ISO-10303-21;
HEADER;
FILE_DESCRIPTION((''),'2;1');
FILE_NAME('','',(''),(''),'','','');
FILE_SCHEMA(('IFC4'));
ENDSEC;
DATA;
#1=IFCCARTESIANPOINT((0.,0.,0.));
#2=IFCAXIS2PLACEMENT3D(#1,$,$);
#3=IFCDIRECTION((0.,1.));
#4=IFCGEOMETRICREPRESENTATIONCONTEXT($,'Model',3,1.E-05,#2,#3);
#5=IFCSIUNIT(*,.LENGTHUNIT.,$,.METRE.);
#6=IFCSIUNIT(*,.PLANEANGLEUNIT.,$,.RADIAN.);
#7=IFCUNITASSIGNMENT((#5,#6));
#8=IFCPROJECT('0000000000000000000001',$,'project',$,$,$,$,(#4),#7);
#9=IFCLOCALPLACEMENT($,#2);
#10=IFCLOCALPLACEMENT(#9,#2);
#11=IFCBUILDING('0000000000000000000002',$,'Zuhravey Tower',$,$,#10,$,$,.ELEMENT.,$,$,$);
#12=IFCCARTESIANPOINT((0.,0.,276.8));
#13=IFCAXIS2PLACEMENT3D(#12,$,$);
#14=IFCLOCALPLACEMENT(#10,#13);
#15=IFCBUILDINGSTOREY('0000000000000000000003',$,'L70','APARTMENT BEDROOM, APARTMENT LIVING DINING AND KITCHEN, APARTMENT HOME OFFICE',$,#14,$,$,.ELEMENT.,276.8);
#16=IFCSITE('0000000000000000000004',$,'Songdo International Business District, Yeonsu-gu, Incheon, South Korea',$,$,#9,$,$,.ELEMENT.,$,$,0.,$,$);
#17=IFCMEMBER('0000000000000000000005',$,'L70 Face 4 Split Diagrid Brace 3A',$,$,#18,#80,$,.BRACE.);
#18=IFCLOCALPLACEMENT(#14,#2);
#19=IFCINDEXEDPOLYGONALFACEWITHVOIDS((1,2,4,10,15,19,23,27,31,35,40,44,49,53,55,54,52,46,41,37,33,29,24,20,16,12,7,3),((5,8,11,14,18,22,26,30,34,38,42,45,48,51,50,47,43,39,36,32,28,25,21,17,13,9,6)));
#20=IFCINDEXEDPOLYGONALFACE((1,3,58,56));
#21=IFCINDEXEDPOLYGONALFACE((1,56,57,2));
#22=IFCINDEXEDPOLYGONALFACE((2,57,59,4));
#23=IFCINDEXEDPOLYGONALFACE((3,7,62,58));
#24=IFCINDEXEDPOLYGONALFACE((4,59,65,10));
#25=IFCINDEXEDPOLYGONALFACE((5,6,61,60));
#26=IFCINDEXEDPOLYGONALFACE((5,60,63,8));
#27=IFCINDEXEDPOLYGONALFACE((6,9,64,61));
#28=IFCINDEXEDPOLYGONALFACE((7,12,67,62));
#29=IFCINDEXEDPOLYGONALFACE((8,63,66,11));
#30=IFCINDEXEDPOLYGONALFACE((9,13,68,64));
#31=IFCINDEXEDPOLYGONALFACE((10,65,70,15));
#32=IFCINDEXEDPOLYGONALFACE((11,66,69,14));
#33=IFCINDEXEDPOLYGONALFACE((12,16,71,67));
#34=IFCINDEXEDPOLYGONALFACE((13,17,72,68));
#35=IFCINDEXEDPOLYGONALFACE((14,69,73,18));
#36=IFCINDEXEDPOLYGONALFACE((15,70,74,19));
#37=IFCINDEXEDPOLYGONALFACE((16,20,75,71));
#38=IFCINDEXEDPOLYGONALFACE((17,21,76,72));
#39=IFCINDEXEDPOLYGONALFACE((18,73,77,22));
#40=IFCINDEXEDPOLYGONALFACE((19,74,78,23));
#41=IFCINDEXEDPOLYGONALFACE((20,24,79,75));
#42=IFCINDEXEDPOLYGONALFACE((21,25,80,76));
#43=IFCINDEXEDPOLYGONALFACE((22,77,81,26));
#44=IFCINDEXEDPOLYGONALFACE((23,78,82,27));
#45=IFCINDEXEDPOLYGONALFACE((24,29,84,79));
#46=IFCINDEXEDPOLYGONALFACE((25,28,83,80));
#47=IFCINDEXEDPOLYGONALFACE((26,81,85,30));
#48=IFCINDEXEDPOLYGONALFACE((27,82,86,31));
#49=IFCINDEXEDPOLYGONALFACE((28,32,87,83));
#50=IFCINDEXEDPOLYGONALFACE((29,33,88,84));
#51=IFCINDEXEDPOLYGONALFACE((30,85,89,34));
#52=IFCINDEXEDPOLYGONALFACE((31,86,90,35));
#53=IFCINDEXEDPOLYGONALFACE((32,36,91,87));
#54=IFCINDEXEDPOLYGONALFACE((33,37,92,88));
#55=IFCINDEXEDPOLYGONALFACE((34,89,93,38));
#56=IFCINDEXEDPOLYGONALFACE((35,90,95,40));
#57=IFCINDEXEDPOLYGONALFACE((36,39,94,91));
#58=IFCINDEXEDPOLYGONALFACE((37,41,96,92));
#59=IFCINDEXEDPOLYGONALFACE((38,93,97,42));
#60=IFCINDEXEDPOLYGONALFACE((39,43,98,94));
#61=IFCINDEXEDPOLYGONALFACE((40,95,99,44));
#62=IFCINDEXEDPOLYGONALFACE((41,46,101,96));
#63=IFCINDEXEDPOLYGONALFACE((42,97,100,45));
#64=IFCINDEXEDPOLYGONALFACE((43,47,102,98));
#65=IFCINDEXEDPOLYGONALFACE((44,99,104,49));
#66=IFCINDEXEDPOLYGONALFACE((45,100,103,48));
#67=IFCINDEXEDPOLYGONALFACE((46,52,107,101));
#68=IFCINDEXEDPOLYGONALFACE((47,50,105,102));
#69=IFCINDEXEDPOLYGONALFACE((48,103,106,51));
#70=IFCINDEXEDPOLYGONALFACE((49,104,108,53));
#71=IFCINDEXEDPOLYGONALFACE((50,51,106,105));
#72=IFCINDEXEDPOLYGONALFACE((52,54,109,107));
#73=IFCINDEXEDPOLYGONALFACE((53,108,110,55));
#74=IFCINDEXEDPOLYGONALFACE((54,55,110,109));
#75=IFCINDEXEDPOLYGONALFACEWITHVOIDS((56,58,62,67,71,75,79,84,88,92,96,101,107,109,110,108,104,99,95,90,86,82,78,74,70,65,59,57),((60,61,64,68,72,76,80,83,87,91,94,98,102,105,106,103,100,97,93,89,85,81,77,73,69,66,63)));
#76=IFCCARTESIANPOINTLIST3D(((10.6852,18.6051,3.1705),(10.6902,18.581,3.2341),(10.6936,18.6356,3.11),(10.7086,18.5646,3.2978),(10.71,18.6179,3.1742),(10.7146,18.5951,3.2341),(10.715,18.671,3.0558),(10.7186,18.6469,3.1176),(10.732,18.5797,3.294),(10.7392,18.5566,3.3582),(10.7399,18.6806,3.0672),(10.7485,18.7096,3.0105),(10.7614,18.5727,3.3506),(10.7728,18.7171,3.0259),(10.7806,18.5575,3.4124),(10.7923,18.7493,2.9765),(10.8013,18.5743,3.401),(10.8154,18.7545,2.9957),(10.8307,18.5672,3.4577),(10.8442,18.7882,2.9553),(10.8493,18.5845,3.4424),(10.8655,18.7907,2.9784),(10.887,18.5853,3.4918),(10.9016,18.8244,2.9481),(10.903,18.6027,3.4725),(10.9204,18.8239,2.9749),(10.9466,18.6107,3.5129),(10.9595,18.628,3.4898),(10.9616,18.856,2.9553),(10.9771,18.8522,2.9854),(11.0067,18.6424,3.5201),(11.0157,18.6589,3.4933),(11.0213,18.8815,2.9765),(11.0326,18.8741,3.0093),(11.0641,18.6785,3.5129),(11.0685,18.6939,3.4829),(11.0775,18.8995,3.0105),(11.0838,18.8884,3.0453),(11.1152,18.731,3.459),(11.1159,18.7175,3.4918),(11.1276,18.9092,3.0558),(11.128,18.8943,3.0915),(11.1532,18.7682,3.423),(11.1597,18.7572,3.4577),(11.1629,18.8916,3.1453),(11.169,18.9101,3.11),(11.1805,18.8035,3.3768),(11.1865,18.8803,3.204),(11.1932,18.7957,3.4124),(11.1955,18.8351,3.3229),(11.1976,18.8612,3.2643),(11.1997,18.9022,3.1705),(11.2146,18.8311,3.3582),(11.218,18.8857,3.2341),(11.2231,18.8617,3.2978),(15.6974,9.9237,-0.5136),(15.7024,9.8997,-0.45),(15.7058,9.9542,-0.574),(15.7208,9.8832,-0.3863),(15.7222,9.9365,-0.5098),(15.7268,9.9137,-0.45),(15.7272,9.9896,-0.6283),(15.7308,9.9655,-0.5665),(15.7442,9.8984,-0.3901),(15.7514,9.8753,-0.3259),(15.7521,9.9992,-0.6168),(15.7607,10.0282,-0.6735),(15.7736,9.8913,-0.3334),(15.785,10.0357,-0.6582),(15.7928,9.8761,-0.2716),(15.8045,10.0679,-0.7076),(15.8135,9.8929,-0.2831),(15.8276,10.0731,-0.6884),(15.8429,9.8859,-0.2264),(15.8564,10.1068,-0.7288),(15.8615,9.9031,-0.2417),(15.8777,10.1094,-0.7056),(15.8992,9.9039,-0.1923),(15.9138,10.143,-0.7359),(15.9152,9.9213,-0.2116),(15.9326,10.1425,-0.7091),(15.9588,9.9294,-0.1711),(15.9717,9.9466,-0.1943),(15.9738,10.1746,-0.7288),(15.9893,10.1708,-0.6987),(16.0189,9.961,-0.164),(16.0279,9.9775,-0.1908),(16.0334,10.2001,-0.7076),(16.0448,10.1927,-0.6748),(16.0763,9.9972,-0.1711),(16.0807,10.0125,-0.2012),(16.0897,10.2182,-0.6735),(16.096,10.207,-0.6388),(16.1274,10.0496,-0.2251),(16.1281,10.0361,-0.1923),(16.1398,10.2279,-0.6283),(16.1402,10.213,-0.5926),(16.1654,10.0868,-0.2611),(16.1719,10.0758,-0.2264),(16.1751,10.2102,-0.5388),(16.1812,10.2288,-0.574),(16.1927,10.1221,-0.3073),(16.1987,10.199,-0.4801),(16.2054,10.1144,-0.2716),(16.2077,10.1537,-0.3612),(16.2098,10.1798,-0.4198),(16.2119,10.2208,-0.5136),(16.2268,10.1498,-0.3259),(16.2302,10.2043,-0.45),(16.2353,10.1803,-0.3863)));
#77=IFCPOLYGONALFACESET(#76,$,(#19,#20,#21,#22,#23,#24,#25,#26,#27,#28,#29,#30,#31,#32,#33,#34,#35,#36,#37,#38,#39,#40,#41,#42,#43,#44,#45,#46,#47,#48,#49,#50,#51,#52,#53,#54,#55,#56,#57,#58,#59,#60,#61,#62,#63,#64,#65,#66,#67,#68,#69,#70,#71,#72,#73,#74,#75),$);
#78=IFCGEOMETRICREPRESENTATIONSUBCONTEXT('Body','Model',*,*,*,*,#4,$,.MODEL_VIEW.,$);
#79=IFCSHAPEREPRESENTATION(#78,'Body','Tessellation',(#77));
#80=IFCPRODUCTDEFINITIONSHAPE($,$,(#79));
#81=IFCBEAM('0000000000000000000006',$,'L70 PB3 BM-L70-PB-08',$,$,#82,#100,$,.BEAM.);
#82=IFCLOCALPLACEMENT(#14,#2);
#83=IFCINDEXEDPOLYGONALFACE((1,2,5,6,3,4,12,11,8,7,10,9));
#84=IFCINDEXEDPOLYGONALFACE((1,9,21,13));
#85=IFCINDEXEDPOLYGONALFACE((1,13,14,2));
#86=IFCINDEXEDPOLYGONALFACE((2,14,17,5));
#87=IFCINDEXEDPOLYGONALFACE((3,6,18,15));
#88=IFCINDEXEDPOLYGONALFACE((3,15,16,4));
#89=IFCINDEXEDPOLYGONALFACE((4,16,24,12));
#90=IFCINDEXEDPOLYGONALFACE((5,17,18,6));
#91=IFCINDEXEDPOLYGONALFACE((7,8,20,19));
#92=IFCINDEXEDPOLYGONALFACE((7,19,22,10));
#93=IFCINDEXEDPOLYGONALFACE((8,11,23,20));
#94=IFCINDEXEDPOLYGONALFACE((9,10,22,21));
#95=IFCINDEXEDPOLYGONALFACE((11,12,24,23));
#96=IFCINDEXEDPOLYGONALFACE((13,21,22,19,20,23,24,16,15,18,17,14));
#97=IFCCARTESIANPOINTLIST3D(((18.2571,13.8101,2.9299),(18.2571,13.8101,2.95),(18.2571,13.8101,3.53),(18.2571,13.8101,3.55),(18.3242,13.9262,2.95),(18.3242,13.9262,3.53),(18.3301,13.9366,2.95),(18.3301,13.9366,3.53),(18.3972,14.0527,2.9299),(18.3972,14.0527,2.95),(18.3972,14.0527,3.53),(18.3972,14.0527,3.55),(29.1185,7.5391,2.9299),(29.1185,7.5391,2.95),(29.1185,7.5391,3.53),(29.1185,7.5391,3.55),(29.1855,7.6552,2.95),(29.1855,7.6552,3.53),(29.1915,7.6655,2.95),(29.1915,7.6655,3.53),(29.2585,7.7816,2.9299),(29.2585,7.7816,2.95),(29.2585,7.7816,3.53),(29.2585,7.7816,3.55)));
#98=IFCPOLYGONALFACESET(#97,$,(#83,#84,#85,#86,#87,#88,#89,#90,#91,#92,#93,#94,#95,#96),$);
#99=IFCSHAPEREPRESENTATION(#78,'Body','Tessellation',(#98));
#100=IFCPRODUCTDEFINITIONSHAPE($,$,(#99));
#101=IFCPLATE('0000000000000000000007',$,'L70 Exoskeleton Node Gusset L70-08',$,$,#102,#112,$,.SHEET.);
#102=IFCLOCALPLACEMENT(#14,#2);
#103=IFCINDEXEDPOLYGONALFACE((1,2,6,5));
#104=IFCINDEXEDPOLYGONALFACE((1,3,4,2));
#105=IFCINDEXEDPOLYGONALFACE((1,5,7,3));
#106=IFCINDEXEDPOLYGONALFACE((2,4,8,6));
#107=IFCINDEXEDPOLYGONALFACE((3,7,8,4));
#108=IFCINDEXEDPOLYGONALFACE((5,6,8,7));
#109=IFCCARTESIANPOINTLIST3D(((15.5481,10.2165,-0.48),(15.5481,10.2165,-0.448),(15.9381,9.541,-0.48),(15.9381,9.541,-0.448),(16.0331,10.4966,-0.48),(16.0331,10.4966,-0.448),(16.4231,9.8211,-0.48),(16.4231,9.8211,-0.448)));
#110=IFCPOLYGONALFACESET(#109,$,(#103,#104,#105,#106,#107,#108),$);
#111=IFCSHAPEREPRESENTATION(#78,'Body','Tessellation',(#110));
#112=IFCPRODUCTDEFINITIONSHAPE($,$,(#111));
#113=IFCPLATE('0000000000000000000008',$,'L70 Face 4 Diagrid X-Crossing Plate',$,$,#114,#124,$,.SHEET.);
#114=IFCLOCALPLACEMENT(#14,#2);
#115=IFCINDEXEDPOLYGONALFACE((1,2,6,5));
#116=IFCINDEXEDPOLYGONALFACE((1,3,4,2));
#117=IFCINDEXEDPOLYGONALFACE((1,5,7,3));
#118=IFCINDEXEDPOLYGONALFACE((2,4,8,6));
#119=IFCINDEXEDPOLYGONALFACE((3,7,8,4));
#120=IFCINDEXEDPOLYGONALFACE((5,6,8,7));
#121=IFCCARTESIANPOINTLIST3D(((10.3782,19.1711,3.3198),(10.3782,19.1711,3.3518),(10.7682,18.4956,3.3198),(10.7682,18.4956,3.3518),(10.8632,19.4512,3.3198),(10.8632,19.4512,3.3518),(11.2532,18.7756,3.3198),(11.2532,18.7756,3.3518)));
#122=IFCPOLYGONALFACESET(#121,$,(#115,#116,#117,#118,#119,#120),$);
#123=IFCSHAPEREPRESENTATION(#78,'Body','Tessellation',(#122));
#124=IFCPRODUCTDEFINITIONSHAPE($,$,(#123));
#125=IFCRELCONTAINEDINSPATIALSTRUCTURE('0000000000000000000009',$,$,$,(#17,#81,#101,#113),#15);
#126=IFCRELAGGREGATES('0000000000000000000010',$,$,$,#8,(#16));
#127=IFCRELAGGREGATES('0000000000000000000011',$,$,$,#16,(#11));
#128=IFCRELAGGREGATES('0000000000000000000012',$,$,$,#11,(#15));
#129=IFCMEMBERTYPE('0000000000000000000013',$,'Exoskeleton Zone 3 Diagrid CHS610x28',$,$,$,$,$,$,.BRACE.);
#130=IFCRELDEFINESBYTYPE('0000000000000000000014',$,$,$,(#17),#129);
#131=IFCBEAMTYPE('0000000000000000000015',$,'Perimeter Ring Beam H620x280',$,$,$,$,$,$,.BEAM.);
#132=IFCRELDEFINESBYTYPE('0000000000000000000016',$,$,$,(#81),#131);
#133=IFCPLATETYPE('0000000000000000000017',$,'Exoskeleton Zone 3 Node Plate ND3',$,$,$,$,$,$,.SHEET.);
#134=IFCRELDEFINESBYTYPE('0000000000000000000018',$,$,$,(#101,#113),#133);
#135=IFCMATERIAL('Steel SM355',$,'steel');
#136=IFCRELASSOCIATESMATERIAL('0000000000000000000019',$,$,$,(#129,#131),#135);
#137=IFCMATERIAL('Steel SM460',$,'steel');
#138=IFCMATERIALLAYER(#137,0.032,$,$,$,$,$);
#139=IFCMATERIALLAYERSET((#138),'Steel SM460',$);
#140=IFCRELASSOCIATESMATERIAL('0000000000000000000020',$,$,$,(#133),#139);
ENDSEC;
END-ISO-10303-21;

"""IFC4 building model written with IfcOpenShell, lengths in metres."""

from ifc_helpers import new_model, si_unit, direction, frame, origin, origin_2d, place, context, subcontext, project, spatial, rectangle, hollow_circle, i_section, extrude, material, layer, layer_set, material_profile, profile_set, type_object, element, save


model = new_model("IFC4")

# Units and contexts
model_context = context("Model", 3, precision=1e-05, world=origin(), true_north=direction((0.0, 1.0)))
body_context = subcontext(model_context, "Body", "Model", "MODEL_VIEW")
ifc_project = project(units=[si_unit("LENGTHUNIT", "METRE"), si_unit("PLANEANGLEUNIT", "RADIAN")], contexts=[model_context])

# Site, building, storey
site_placement = place(None, origin())
site = spatial("IfcSite", under=ifc_project, at=site_placement, Name="Songdo International Business District, Yeonsu-gu, Incheon, South Korea", CompositionType="ELEMENT", RefElevation=0.0)
building_placement = place(site_placement, origin())
building = spatial("IfcBuilding", under=site, at=building_placement, Name="Zuhravey Tower", CompositionType="ELEMENT")
storey_placement = place(building_placement, frame((0.0, 0.0, 276.8)))
storey = spatial("IfcBuildingStorey", under=building, at=storey_placement, Name="L70", Description="APARTMENT BEDROOM, APARTMENT LIVING DINING AND KITCHEN, APARTMENT HOME OFFICE", CompositionType="ELEMENT", Elevation=276.8)

# Member
ifc_material_1 = material(Name="Steel SM355", Category="steel")
ifc_material_profile_1 = material_profile(ifc_material_1, hollow_circle(Radius=0.3047, WallThickness=0.0281, at=origin_2d()), Name="CHS-609.6x28")
ifc_profile_set_1 = profile_set([ifc_material_profile_1], Name="Steel SM355")
member_type_1 = type_object("IfcMemberType", Name="Exoskeleton Zone 3 Diagrid CHS610x28", PredefinedType="BRACE", material=ifc_profile_set_1)
member_1_placement = place(storey_placement, frame((15.9663, 10.052, -0.45), z_axis=(-0.46931, 0.812869, 0.344953), x_axis=(-0.866025, -0.5, 0.0)))
element("IfcMember", 1, at=member_1_placement, inside=storey, type_object=member_type_1, Name="L70 Face 4 Split Diagrid Brace 3A", PredefinedType="BRACE", context=body_context, shape_type="SweptSolid", body=[
    extrude(hollow_circle(Radius=0.3047, WallThickness=0.0281, at=origin_2d()), origin(), (0.0, 0.0, 1.0), 10.6799),
])

# Beam
ifc_material_profile_2 = material_profile(ifc_material_1, i_section(OverallWidth=0.28, OverallDepth=0.6201, WebThickness=0.012, FlangeThickness=0.02, at=origin_2d()), Name="H-620x280x12x20")
ifc_profile_set_2 = profile_set([ifc_material_profile_2], Name="Steel SM355")
beam_type = type_object("IfcBeamType", Name="Perimeter Ring Beam H620x280", PredefinedType="BEAM", material=ifc_profile_set_2)
beam_placement = place(storey_placement, frame((18.3271, 13.9314, 3.24), z_axis=(0.866018, -0.500012, 0.0), x_axis=(0.500012, 0.866018, 0.0)))
element("IfcBeam", 2, at=beam_placement, inside=storey, type_object=beam_type, Name="L70 PB3 BM-L70-PB-08", PredefinedType="BEAM", context=body_context, shape_type="SweptSolid", body=[
    extrude(i_section(OverallWidth=0.28, OverallDepth=0.6201, WebThickness=0.012, FlangeThickness=0.02, at=origin_2d()), origin(), (0.0, 0.0, 1.0), 12.5417),
])

# Plates
ifc_material_2 = material(Name="Steel SM460", Category="steel")
ifc_layer_1 = layer(ifc_material_2, 0.032)
ifc_layer_set_1 = layer_set([ifc_layer_1], Name="Steel SM460")
plate_type_1 = type_object("IfcPlateType", Name="Exoskeleton Zone 3 Node Plate ND3", PredefinedType="SHEET", material=ifc_layer_set_1)
for number, where, z_axis, x_axis, name in (
    (3, (15.9856, 10.0188, -0.48), (0.0, 0.0, 1.0), (0.5, -0.866025, 0.0), "L70 Exoskeleton Node Gusset L70-08"),
    (4, (10.8157, 18.9734, 3.3198), (0.0, 0.0, 1.0), (0.5, -0.866025, 0.0), "L70 Face 4 Diagrid X-Crossing Plate"),
):
    element("IfcPlate", number, at=place(storey_placement, frame(where, z_axis=z_axis, x_axis=x_axis)), inside=storey, type_object=plate_type_1, Name=name, PredefinedType="SHEET", context=body_context, shape_type="SweptSolid", body=[
        extrude(rectangle(XDim=0.78, YDim=0.5601, at=origin_2d()), origin(), (0.0, 0.0, 1.0), 0.032),
    ])

save(model, "model.ifc")
